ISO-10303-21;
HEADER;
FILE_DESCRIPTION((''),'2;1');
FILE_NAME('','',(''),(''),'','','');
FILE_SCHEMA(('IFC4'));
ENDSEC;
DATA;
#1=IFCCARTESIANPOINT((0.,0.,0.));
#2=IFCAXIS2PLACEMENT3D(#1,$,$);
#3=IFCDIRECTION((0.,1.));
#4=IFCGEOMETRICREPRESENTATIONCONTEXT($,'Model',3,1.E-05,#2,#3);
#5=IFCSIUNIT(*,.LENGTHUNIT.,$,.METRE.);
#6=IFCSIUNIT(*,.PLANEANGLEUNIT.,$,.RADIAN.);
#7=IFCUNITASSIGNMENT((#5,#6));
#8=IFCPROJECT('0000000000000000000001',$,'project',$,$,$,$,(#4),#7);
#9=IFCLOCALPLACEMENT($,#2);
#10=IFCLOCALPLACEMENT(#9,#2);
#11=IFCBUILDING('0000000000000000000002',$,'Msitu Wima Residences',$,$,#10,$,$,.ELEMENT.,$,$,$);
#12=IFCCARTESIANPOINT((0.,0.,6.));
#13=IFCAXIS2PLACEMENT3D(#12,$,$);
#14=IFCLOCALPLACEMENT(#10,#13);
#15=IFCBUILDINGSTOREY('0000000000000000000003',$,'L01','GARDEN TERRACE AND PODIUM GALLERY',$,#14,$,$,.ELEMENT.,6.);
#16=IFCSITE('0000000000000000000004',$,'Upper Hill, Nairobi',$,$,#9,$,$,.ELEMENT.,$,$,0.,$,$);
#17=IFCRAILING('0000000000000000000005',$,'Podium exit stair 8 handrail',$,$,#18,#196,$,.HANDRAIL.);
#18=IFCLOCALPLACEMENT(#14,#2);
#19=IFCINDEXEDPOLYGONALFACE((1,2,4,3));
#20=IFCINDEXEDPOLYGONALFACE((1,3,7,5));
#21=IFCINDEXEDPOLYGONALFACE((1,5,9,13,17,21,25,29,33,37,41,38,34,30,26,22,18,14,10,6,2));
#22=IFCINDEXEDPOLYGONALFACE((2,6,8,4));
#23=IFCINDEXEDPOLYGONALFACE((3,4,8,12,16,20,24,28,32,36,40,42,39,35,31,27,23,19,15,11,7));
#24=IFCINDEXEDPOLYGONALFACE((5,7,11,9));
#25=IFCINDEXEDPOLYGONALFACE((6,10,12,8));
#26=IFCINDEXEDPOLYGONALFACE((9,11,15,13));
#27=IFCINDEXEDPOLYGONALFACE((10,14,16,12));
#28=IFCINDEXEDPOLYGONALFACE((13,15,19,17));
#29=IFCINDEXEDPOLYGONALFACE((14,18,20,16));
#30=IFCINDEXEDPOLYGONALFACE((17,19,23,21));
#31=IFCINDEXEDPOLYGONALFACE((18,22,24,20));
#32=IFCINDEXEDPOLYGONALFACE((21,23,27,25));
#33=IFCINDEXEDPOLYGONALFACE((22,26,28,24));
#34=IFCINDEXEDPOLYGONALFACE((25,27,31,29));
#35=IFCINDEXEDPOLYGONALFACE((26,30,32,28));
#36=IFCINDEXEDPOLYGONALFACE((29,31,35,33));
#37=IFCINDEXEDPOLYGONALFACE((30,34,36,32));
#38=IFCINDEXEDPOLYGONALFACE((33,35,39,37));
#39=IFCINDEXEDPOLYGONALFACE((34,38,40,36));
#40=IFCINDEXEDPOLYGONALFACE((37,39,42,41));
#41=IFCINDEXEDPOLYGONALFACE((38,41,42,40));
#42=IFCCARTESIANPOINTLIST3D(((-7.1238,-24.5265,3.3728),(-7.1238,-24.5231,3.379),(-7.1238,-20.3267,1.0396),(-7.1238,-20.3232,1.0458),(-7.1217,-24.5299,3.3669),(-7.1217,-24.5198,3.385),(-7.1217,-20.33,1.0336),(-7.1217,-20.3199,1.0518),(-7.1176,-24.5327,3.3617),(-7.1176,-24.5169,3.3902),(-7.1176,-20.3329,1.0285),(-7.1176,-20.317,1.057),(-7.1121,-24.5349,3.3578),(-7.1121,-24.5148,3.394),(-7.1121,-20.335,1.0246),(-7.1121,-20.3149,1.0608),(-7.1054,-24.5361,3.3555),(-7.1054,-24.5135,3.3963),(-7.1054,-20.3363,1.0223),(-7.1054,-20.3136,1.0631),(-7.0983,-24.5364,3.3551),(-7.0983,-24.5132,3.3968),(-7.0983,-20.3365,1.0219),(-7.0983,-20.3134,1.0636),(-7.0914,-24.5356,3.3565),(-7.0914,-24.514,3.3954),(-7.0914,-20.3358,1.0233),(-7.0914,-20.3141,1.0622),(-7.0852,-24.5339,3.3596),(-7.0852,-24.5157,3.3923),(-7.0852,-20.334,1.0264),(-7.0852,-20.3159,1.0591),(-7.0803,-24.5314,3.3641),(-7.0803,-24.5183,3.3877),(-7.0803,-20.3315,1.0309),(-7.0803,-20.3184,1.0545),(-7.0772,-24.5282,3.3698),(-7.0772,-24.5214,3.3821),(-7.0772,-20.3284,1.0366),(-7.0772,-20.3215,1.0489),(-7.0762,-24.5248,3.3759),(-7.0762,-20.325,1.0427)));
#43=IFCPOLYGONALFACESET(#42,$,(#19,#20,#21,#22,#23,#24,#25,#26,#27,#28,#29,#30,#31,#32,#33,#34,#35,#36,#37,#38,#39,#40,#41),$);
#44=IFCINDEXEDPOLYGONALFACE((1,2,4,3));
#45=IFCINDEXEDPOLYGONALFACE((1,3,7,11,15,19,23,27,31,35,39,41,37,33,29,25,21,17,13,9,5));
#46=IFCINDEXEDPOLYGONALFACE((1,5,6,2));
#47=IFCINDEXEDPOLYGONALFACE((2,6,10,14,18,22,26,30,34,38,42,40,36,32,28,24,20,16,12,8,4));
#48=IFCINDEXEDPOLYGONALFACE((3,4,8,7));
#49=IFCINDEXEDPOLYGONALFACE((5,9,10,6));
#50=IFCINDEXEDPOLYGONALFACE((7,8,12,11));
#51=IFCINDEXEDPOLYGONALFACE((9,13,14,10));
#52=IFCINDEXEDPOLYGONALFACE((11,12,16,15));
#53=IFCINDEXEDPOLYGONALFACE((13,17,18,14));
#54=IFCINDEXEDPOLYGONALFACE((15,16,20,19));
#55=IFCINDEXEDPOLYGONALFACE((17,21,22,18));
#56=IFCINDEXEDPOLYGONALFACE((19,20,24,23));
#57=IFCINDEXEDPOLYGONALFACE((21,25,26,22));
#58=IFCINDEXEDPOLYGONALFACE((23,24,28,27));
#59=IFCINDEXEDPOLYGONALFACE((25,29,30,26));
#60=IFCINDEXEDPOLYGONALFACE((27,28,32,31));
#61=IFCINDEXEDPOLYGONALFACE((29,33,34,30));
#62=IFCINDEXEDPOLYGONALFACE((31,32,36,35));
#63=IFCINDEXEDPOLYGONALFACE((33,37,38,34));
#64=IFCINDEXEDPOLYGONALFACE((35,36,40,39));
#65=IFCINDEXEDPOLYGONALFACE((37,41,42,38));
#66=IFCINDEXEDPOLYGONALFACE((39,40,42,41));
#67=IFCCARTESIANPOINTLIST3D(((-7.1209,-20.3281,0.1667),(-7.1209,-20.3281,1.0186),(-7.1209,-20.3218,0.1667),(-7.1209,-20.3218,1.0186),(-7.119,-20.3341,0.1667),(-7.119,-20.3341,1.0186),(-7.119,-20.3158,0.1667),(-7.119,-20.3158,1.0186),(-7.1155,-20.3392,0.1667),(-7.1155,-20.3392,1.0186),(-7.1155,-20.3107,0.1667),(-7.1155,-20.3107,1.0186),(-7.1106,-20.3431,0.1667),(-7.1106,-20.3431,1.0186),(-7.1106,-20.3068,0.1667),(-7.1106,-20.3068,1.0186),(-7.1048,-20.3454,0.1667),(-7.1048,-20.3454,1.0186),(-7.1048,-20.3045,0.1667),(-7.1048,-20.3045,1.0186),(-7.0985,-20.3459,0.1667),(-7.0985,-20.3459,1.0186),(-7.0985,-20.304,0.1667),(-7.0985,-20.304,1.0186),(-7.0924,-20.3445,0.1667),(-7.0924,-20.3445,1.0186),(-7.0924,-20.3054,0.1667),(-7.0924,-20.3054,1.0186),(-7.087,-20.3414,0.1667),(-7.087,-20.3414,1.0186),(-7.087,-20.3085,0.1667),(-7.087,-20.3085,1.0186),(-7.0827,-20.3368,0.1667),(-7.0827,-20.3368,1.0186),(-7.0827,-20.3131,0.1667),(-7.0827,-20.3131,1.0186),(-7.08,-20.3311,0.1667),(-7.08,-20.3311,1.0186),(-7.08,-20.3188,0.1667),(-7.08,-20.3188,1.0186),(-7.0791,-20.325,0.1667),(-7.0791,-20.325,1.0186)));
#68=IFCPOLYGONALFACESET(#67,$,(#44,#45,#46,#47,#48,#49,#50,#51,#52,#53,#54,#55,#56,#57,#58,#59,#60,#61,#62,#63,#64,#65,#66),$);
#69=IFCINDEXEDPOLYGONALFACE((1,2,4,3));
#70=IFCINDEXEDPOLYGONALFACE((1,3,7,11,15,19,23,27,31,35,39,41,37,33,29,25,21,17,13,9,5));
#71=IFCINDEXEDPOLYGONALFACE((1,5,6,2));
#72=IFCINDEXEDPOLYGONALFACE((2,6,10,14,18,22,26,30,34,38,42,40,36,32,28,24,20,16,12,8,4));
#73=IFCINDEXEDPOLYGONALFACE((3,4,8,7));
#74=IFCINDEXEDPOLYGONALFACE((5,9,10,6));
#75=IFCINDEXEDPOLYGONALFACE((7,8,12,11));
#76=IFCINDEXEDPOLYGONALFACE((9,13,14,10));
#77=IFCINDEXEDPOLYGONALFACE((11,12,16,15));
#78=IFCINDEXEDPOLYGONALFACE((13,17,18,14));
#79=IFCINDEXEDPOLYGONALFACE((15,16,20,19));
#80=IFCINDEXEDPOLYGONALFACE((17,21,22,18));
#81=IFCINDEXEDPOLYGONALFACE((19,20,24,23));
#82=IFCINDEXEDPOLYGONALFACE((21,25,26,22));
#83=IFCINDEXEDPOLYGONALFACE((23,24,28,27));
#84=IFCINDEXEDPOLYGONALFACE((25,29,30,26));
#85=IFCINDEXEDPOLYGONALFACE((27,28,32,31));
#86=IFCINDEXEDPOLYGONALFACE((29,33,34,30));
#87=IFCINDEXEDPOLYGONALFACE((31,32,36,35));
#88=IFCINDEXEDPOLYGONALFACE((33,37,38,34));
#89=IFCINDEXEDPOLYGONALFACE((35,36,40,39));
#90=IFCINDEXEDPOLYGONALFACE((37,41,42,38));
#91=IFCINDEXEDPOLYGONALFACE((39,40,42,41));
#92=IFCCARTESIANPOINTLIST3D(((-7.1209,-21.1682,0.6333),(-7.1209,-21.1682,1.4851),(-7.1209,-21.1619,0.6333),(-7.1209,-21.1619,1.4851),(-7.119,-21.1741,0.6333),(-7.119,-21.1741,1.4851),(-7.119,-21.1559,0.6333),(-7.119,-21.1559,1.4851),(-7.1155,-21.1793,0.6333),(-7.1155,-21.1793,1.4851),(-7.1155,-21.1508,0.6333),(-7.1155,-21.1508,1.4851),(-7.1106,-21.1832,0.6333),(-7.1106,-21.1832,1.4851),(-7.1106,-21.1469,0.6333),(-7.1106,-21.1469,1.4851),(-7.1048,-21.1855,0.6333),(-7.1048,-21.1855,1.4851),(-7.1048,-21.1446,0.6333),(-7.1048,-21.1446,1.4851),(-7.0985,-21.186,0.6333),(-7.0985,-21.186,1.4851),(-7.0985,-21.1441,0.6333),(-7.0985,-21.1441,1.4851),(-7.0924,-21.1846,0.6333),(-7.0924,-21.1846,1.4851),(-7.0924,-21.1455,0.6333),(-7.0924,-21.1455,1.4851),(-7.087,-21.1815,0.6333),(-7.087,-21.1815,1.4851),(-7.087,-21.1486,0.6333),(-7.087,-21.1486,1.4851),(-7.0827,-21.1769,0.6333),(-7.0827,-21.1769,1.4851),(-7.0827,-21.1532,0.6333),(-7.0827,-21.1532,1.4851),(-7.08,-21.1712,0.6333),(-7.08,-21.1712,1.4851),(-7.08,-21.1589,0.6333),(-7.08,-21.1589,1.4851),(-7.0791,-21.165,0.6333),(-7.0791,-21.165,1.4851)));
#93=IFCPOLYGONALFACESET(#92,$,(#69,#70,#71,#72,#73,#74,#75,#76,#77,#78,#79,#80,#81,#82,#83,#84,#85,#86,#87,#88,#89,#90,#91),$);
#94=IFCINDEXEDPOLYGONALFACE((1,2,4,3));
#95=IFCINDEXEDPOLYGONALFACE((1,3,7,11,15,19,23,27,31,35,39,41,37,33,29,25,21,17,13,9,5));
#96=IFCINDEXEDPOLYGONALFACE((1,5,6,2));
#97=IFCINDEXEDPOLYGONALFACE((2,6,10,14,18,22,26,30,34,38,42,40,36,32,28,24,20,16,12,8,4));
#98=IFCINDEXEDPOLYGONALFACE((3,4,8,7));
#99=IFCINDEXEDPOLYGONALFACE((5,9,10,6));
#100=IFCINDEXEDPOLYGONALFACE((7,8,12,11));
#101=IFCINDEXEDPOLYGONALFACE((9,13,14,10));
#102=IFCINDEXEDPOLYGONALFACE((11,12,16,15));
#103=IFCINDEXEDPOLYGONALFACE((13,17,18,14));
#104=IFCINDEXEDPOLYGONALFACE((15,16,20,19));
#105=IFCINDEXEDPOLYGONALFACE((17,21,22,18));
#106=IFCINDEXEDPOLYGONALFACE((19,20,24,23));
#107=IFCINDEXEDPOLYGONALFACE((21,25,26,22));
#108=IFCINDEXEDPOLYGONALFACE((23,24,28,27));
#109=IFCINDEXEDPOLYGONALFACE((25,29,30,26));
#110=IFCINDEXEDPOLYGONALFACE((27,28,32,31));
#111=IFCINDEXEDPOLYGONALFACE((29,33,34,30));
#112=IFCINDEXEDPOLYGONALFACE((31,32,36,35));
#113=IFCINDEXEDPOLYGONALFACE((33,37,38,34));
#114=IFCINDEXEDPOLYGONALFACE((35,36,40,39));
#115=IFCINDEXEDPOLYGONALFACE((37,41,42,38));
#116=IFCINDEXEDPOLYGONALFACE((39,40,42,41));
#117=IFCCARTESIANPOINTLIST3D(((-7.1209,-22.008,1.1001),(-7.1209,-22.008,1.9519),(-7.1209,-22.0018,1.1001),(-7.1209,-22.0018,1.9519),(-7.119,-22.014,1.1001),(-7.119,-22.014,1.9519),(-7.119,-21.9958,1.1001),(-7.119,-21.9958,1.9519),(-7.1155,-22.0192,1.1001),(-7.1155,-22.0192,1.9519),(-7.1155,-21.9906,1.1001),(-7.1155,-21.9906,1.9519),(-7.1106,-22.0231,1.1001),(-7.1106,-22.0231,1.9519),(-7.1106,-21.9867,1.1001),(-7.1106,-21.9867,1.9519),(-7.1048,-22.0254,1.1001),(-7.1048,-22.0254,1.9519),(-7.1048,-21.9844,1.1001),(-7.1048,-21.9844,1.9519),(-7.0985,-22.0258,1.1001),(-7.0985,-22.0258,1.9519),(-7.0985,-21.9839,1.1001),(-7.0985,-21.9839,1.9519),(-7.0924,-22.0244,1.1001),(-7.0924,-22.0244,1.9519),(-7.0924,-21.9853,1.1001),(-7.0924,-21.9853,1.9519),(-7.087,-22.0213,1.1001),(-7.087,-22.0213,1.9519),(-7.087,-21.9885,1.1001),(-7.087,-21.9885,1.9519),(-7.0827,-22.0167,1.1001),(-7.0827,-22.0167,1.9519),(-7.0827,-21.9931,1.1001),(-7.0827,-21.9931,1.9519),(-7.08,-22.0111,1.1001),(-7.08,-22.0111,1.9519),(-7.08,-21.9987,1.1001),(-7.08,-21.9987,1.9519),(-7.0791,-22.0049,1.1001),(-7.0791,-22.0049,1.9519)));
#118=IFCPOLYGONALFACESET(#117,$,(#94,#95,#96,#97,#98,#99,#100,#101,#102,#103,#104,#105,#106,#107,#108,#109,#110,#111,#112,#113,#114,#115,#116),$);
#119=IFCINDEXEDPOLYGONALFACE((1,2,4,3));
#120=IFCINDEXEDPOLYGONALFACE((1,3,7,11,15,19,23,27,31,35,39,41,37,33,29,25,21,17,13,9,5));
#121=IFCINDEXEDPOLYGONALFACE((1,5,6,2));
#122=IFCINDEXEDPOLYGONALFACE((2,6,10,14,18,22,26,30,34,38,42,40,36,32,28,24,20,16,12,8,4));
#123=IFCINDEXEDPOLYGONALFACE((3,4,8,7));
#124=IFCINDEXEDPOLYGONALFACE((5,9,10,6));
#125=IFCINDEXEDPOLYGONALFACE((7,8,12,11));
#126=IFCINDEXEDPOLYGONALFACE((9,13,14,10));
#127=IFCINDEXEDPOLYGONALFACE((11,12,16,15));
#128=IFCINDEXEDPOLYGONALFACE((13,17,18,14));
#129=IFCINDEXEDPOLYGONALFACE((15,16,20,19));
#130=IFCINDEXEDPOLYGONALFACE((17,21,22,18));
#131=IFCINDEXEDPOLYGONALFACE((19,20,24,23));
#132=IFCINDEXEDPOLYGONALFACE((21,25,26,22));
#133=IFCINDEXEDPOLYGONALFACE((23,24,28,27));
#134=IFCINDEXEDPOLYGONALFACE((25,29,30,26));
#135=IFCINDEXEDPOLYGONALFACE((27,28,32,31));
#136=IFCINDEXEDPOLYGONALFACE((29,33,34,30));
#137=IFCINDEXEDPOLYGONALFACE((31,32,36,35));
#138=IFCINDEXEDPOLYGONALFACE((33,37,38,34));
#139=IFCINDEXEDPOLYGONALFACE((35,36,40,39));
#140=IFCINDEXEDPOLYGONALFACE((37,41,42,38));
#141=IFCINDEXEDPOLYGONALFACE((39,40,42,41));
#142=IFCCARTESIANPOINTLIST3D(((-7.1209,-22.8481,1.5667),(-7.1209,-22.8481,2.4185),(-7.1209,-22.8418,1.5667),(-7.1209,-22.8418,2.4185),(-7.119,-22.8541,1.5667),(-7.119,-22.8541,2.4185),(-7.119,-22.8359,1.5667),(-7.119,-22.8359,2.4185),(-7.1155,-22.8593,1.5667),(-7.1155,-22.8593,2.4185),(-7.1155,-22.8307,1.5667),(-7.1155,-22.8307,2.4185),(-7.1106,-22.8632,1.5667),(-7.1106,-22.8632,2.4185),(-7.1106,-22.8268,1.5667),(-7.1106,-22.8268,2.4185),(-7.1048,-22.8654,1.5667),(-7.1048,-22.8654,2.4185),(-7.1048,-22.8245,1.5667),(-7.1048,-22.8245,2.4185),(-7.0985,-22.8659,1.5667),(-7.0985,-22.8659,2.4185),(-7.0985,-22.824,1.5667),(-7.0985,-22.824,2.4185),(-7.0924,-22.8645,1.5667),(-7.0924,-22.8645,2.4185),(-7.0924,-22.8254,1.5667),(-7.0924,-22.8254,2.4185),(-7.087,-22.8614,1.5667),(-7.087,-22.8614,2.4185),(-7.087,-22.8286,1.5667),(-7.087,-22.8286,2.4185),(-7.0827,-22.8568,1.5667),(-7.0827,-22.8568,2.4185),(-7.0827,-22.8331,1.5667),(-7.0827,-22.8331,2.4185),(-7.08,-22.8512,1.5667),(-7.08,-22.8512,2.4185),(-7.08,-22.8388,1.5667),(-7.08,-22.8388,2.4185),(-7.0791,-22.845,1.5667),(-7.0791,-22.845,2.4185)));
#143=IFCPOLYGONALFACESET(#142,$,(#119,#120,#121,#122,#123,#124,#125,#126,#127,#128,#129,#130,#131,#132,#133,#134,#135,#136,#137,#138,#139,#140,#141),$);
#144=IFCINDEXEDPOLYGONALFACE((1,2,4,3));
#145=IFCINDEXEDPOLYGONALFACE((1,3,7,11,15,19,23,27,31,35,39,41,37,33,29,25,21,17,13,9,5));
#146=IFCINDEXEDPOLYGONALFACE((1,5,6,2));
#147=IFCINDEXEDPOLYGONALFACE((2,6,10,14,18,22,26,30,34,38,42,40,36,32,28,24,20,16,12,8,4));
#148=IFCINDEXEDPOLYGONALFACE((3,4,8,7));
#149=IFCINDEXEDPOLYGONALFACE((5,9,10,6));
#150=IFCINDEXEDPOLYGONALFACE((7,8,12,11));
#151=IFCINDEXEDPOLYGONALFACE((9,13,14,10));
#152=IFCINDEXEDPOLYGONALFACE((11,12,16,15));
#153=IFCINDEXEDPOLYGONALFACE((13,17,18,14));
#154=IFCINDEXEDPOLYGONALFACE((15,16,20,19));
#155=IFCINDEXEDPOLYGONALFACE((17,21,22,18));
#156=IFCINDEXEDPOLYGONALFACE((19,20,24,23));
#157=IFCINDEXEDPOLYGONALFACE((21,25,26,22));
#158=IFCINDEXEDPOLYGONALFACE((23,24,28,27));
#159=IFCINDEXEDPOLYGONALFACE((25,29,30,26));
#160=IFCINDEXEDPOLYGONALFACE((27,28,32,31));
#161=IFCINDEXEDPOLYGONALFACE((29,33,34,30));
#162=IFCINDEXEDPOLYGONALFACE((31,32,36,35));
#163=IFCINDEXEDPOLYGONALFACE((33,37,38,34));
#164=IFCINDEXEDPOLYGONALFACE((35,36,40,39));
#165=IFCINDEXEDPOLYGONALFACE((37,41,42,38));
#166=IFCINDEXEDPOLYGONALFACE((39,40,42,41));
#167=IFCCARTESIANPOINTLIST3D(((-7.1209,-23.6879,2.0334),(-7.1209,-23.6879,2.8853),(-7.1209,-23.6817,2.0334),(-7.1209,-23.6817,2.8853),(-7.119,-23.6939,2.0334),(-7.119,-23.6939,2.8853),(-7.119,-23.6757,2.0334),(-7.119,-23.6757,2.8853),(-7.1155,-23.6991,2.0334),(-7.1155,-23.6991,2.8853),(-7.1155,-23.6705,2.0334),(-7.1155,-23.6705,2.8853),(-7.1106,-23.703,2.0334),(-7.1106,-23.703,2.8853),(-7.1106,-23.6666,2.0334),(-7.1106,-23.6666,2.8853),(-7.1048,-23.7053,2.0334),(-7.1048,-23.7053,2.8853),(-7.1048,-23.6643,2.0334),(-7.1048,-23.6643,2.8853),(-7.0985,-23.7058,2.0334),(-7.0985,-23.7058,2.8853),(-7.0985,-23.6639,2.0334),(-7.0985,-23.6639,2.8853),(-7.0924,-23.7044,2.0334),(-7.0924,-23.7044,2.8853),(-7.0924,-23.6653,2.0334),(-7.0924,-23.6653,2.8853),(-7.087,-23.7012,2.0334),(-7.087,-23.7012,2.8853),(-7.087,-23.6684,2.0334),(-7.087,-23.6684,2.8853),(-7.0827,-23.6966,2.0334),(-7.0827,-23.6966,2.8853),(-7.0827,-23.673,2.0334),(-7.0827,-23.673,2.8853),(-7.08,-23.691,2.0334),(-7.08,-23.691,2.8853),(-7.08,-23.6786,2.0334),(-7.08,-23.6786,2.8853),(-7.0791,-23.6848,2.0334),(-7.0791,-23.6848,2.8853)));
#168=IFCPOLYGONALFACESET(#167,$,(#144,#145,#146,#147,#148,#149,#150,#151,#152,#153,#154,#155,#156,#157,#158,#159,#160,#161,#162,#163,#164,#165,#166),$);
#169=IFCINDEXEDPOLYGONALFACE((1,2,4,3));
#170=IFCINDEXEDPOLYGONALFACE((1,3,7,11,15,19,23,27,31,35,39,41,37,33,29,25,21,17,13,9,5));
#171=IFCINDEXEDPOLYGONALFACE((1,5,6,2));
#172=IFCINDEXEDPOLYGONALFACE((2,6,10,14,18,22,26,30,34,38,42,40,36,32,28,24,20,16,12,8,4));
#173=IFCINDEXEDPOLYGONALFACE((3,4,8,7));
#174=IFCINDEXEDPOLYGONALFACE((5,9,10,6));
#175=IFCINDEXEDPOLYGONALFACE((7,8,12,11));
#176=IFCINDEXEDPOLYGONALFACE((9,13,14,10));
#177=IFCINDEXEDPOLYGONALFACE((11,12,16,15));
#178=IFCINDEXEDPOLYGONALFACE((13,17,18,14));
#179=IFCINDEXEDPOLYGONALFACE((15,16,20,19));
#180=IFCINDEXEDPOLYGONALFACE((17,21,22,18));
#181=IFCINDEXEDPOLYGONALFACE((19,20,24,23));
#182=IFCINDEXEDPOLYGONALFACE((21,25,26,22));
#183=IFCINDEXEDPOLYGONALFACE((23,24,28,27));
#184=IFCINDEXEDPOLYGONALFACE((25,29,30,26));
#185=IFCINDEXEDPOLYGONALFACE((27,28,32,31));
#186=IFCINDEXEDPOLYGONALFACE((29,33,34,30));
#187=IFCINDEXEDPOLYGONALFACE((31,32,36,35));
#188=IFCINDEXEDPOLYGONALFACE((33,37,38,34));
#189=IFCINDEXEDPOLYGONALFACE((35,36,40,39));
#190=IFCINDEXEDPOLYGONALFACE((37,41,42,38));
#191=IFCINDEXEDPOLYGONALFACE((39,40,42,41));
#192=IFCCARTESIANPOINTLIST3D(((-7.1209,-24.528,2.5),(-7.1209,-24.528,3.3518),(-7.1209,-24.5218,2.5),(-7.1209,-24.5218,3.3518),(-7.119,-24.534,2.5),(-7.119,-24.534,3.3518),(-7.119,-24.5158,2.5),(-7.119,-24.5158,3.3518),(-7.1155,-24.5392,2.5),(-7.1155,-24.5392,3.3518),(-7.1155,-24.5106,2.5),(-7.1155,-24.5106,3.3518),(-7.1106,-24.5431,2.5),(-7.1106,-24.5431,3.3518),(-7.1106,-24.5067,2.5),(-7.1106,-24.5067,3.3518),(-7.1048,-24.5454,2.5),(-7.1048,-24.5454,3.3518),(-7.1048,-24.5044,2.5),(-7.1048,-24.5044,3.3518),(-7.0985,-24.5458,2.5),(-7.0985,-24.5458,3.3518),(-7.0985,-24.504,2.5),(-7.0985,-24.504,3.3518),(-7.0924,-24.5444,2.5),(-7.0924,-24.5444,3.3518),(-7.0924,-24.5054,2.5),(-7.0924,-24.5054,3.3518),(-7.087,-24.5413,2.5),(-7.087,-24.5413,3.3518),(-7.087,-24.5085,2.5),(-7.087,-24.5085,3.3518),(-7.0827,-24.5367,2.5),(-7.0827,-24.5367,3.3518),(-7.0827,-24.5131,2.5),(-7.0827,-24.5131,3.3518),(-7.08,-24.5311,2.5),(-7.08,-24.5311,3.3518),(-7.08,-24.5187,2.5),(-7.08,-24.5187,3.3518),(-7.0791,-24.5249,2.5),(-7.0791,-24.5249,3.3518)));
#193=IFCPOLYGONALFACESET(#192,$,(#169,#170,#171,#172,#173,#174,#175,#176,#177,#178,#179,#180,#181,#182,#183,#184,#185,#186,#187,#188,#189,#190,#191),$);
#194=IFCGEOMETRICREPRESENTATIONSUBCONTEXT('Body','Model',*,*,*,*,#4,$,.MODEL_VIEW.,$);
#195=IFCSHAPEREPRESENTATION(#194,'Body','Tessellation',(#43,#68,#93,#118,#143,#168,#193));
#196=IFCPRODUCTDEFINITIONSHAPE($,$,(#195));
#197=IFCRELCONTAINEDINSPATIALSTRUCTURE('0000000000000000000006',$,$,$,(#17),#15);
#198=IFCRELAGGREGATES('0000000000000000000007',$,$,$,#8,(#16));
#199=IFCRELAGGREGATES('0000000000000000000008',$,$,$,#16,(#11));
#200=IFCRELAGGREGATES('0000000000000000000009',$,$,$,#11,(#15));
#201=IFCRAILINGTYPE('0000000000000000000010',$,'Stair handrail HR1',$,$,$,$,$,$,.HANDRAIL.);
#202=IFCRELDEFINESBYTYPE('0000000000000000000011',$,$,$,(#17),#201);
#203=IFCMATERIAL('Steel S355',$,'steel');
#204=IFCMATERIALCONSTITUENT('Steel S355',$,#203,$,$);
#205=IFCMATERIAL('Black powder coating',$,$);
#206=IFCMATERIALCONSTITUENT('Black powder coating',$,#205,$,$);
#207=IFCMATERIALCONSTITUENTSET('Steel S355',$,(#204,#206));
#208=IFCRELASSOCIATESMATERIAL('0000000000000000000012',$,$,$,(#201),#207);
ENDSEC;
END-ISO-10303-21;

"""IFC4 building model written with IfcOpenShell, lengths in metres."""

from ifc_helpers import new_model, si_unit, direction, frame, origin, origin_2d, place, context, subcontext, project, spatial, circle, extrude, material, constituent, constituent_set, type_object, element, save


model = new_model("IFC4")

# Units and contexts
model_context = context("Model", 3, precision=1e-05, world=origin(), true_north=direction((0.0, 1.0)))
body_context = subcontext(model_context, "Body", "Model", "MODEL_VIEW")
ifc_project = project(units=[si_unit("LENGTHUNIT", "METRE"), si_unit("PLANEANGLEUNIT", "RADIAN")], contexts=[model_context])

# Site, building, storey
site_placement = place(None, origin())
site = spatial("IfcSite", under=ifc_project, at=site_placement, Name="Upper Hill, Nairobi", CompositionType="ELEMENT", RefElevation=0.0)
building_placement = place(site_placement, origin())
building = spatial("IfcBuilding", under=site, at=building_placement, Name="Msitu Wima Residences", CompositionType="ELEMENT")
storey_placement = place(building_placement, frame((0.0, 0.0, 6.0)))
storey = spatial("IfcBuildingStorey", under=building, at=storey_placement, Name="L01", Description="GARDEN TERRACE AND PODIUM GALLERY", CompositionType="ELEMENT", Elevation=6.0)

# Railing
ifc_material_1 = material(Name="Steel S355", Category="steel")
ifc_constituent_1 = constituent(ifc_material_1, Name="Steel S355")
ifc_material_2 = material(Name="Black powder coating")
ifc_constituent_2 = constituent(ifc_material_2, Name="Black powder coating")
ifc_constituent_set = constituent_set(constituents=[ifc_constituent_1, ifc_constituent_2], Name="Steel S355")
railing_type = type_object("IfcRailingType", Name="Stair handrail HR1", PredefinedType="HANDRAIL", material=ifc_constituent_set)
for number, where, name in (
    (1, (-7.1001, -20.325, 0.1667), "Podium exit stair 8 handrail"),
):
    element("IfcRailing", number, at=place(storey_placement, frame(where)), inside=storey, type_object=railing_type, Name=name, PredefinedType="HANDRAIL", context=body_context, shape_type="SweptSolid", body=[
        extrude(circle(Radius=0.0239, at=origin_2d()), frame((0.0, 0.0, 0.876), z_axis=(0.0, -0.874162, 0.485634), x_axis=(1.0, 0.0, 0.0)), (0.0, 0.0, 1.0), 4.8044),
        extrude(circle(Radius=0.021, at=origin_2d()), origin(), (0.0, 0.0, 1.0), 0.8518),
        extrude(circle(Radius=0.021, at=origin_2d()), frame((0.0, -0.8401, 0.4666)), (0.0, 0.0, 1.0), 0.8518),
        extrude(circle(Radius=0.021, at=origin_2d()), frame((0.0, -1.6799, 0.9333)), (0.0, 0.0, 1.0), 0.8518),
        extrude(circle(Radius=0.021, at=origin_2d()), frame((0.0, -2.52, 1.3999)), (0.0, 0.0, 1.0), 0.8518),
        extrude(circle(Radius=0.021, at=origin_2d()), frame((0.0, -3.3599, 1.8667)), (0.0, 0.0, 1.0), 0.8518),
        extrude(circle(Radius=0.021, at=origin_2d()), frame((0.0, -4.2, 2.3333)), (0.0, 0.0, 1.0), 0.8518),
    ])

save(model, "model.ifc")
